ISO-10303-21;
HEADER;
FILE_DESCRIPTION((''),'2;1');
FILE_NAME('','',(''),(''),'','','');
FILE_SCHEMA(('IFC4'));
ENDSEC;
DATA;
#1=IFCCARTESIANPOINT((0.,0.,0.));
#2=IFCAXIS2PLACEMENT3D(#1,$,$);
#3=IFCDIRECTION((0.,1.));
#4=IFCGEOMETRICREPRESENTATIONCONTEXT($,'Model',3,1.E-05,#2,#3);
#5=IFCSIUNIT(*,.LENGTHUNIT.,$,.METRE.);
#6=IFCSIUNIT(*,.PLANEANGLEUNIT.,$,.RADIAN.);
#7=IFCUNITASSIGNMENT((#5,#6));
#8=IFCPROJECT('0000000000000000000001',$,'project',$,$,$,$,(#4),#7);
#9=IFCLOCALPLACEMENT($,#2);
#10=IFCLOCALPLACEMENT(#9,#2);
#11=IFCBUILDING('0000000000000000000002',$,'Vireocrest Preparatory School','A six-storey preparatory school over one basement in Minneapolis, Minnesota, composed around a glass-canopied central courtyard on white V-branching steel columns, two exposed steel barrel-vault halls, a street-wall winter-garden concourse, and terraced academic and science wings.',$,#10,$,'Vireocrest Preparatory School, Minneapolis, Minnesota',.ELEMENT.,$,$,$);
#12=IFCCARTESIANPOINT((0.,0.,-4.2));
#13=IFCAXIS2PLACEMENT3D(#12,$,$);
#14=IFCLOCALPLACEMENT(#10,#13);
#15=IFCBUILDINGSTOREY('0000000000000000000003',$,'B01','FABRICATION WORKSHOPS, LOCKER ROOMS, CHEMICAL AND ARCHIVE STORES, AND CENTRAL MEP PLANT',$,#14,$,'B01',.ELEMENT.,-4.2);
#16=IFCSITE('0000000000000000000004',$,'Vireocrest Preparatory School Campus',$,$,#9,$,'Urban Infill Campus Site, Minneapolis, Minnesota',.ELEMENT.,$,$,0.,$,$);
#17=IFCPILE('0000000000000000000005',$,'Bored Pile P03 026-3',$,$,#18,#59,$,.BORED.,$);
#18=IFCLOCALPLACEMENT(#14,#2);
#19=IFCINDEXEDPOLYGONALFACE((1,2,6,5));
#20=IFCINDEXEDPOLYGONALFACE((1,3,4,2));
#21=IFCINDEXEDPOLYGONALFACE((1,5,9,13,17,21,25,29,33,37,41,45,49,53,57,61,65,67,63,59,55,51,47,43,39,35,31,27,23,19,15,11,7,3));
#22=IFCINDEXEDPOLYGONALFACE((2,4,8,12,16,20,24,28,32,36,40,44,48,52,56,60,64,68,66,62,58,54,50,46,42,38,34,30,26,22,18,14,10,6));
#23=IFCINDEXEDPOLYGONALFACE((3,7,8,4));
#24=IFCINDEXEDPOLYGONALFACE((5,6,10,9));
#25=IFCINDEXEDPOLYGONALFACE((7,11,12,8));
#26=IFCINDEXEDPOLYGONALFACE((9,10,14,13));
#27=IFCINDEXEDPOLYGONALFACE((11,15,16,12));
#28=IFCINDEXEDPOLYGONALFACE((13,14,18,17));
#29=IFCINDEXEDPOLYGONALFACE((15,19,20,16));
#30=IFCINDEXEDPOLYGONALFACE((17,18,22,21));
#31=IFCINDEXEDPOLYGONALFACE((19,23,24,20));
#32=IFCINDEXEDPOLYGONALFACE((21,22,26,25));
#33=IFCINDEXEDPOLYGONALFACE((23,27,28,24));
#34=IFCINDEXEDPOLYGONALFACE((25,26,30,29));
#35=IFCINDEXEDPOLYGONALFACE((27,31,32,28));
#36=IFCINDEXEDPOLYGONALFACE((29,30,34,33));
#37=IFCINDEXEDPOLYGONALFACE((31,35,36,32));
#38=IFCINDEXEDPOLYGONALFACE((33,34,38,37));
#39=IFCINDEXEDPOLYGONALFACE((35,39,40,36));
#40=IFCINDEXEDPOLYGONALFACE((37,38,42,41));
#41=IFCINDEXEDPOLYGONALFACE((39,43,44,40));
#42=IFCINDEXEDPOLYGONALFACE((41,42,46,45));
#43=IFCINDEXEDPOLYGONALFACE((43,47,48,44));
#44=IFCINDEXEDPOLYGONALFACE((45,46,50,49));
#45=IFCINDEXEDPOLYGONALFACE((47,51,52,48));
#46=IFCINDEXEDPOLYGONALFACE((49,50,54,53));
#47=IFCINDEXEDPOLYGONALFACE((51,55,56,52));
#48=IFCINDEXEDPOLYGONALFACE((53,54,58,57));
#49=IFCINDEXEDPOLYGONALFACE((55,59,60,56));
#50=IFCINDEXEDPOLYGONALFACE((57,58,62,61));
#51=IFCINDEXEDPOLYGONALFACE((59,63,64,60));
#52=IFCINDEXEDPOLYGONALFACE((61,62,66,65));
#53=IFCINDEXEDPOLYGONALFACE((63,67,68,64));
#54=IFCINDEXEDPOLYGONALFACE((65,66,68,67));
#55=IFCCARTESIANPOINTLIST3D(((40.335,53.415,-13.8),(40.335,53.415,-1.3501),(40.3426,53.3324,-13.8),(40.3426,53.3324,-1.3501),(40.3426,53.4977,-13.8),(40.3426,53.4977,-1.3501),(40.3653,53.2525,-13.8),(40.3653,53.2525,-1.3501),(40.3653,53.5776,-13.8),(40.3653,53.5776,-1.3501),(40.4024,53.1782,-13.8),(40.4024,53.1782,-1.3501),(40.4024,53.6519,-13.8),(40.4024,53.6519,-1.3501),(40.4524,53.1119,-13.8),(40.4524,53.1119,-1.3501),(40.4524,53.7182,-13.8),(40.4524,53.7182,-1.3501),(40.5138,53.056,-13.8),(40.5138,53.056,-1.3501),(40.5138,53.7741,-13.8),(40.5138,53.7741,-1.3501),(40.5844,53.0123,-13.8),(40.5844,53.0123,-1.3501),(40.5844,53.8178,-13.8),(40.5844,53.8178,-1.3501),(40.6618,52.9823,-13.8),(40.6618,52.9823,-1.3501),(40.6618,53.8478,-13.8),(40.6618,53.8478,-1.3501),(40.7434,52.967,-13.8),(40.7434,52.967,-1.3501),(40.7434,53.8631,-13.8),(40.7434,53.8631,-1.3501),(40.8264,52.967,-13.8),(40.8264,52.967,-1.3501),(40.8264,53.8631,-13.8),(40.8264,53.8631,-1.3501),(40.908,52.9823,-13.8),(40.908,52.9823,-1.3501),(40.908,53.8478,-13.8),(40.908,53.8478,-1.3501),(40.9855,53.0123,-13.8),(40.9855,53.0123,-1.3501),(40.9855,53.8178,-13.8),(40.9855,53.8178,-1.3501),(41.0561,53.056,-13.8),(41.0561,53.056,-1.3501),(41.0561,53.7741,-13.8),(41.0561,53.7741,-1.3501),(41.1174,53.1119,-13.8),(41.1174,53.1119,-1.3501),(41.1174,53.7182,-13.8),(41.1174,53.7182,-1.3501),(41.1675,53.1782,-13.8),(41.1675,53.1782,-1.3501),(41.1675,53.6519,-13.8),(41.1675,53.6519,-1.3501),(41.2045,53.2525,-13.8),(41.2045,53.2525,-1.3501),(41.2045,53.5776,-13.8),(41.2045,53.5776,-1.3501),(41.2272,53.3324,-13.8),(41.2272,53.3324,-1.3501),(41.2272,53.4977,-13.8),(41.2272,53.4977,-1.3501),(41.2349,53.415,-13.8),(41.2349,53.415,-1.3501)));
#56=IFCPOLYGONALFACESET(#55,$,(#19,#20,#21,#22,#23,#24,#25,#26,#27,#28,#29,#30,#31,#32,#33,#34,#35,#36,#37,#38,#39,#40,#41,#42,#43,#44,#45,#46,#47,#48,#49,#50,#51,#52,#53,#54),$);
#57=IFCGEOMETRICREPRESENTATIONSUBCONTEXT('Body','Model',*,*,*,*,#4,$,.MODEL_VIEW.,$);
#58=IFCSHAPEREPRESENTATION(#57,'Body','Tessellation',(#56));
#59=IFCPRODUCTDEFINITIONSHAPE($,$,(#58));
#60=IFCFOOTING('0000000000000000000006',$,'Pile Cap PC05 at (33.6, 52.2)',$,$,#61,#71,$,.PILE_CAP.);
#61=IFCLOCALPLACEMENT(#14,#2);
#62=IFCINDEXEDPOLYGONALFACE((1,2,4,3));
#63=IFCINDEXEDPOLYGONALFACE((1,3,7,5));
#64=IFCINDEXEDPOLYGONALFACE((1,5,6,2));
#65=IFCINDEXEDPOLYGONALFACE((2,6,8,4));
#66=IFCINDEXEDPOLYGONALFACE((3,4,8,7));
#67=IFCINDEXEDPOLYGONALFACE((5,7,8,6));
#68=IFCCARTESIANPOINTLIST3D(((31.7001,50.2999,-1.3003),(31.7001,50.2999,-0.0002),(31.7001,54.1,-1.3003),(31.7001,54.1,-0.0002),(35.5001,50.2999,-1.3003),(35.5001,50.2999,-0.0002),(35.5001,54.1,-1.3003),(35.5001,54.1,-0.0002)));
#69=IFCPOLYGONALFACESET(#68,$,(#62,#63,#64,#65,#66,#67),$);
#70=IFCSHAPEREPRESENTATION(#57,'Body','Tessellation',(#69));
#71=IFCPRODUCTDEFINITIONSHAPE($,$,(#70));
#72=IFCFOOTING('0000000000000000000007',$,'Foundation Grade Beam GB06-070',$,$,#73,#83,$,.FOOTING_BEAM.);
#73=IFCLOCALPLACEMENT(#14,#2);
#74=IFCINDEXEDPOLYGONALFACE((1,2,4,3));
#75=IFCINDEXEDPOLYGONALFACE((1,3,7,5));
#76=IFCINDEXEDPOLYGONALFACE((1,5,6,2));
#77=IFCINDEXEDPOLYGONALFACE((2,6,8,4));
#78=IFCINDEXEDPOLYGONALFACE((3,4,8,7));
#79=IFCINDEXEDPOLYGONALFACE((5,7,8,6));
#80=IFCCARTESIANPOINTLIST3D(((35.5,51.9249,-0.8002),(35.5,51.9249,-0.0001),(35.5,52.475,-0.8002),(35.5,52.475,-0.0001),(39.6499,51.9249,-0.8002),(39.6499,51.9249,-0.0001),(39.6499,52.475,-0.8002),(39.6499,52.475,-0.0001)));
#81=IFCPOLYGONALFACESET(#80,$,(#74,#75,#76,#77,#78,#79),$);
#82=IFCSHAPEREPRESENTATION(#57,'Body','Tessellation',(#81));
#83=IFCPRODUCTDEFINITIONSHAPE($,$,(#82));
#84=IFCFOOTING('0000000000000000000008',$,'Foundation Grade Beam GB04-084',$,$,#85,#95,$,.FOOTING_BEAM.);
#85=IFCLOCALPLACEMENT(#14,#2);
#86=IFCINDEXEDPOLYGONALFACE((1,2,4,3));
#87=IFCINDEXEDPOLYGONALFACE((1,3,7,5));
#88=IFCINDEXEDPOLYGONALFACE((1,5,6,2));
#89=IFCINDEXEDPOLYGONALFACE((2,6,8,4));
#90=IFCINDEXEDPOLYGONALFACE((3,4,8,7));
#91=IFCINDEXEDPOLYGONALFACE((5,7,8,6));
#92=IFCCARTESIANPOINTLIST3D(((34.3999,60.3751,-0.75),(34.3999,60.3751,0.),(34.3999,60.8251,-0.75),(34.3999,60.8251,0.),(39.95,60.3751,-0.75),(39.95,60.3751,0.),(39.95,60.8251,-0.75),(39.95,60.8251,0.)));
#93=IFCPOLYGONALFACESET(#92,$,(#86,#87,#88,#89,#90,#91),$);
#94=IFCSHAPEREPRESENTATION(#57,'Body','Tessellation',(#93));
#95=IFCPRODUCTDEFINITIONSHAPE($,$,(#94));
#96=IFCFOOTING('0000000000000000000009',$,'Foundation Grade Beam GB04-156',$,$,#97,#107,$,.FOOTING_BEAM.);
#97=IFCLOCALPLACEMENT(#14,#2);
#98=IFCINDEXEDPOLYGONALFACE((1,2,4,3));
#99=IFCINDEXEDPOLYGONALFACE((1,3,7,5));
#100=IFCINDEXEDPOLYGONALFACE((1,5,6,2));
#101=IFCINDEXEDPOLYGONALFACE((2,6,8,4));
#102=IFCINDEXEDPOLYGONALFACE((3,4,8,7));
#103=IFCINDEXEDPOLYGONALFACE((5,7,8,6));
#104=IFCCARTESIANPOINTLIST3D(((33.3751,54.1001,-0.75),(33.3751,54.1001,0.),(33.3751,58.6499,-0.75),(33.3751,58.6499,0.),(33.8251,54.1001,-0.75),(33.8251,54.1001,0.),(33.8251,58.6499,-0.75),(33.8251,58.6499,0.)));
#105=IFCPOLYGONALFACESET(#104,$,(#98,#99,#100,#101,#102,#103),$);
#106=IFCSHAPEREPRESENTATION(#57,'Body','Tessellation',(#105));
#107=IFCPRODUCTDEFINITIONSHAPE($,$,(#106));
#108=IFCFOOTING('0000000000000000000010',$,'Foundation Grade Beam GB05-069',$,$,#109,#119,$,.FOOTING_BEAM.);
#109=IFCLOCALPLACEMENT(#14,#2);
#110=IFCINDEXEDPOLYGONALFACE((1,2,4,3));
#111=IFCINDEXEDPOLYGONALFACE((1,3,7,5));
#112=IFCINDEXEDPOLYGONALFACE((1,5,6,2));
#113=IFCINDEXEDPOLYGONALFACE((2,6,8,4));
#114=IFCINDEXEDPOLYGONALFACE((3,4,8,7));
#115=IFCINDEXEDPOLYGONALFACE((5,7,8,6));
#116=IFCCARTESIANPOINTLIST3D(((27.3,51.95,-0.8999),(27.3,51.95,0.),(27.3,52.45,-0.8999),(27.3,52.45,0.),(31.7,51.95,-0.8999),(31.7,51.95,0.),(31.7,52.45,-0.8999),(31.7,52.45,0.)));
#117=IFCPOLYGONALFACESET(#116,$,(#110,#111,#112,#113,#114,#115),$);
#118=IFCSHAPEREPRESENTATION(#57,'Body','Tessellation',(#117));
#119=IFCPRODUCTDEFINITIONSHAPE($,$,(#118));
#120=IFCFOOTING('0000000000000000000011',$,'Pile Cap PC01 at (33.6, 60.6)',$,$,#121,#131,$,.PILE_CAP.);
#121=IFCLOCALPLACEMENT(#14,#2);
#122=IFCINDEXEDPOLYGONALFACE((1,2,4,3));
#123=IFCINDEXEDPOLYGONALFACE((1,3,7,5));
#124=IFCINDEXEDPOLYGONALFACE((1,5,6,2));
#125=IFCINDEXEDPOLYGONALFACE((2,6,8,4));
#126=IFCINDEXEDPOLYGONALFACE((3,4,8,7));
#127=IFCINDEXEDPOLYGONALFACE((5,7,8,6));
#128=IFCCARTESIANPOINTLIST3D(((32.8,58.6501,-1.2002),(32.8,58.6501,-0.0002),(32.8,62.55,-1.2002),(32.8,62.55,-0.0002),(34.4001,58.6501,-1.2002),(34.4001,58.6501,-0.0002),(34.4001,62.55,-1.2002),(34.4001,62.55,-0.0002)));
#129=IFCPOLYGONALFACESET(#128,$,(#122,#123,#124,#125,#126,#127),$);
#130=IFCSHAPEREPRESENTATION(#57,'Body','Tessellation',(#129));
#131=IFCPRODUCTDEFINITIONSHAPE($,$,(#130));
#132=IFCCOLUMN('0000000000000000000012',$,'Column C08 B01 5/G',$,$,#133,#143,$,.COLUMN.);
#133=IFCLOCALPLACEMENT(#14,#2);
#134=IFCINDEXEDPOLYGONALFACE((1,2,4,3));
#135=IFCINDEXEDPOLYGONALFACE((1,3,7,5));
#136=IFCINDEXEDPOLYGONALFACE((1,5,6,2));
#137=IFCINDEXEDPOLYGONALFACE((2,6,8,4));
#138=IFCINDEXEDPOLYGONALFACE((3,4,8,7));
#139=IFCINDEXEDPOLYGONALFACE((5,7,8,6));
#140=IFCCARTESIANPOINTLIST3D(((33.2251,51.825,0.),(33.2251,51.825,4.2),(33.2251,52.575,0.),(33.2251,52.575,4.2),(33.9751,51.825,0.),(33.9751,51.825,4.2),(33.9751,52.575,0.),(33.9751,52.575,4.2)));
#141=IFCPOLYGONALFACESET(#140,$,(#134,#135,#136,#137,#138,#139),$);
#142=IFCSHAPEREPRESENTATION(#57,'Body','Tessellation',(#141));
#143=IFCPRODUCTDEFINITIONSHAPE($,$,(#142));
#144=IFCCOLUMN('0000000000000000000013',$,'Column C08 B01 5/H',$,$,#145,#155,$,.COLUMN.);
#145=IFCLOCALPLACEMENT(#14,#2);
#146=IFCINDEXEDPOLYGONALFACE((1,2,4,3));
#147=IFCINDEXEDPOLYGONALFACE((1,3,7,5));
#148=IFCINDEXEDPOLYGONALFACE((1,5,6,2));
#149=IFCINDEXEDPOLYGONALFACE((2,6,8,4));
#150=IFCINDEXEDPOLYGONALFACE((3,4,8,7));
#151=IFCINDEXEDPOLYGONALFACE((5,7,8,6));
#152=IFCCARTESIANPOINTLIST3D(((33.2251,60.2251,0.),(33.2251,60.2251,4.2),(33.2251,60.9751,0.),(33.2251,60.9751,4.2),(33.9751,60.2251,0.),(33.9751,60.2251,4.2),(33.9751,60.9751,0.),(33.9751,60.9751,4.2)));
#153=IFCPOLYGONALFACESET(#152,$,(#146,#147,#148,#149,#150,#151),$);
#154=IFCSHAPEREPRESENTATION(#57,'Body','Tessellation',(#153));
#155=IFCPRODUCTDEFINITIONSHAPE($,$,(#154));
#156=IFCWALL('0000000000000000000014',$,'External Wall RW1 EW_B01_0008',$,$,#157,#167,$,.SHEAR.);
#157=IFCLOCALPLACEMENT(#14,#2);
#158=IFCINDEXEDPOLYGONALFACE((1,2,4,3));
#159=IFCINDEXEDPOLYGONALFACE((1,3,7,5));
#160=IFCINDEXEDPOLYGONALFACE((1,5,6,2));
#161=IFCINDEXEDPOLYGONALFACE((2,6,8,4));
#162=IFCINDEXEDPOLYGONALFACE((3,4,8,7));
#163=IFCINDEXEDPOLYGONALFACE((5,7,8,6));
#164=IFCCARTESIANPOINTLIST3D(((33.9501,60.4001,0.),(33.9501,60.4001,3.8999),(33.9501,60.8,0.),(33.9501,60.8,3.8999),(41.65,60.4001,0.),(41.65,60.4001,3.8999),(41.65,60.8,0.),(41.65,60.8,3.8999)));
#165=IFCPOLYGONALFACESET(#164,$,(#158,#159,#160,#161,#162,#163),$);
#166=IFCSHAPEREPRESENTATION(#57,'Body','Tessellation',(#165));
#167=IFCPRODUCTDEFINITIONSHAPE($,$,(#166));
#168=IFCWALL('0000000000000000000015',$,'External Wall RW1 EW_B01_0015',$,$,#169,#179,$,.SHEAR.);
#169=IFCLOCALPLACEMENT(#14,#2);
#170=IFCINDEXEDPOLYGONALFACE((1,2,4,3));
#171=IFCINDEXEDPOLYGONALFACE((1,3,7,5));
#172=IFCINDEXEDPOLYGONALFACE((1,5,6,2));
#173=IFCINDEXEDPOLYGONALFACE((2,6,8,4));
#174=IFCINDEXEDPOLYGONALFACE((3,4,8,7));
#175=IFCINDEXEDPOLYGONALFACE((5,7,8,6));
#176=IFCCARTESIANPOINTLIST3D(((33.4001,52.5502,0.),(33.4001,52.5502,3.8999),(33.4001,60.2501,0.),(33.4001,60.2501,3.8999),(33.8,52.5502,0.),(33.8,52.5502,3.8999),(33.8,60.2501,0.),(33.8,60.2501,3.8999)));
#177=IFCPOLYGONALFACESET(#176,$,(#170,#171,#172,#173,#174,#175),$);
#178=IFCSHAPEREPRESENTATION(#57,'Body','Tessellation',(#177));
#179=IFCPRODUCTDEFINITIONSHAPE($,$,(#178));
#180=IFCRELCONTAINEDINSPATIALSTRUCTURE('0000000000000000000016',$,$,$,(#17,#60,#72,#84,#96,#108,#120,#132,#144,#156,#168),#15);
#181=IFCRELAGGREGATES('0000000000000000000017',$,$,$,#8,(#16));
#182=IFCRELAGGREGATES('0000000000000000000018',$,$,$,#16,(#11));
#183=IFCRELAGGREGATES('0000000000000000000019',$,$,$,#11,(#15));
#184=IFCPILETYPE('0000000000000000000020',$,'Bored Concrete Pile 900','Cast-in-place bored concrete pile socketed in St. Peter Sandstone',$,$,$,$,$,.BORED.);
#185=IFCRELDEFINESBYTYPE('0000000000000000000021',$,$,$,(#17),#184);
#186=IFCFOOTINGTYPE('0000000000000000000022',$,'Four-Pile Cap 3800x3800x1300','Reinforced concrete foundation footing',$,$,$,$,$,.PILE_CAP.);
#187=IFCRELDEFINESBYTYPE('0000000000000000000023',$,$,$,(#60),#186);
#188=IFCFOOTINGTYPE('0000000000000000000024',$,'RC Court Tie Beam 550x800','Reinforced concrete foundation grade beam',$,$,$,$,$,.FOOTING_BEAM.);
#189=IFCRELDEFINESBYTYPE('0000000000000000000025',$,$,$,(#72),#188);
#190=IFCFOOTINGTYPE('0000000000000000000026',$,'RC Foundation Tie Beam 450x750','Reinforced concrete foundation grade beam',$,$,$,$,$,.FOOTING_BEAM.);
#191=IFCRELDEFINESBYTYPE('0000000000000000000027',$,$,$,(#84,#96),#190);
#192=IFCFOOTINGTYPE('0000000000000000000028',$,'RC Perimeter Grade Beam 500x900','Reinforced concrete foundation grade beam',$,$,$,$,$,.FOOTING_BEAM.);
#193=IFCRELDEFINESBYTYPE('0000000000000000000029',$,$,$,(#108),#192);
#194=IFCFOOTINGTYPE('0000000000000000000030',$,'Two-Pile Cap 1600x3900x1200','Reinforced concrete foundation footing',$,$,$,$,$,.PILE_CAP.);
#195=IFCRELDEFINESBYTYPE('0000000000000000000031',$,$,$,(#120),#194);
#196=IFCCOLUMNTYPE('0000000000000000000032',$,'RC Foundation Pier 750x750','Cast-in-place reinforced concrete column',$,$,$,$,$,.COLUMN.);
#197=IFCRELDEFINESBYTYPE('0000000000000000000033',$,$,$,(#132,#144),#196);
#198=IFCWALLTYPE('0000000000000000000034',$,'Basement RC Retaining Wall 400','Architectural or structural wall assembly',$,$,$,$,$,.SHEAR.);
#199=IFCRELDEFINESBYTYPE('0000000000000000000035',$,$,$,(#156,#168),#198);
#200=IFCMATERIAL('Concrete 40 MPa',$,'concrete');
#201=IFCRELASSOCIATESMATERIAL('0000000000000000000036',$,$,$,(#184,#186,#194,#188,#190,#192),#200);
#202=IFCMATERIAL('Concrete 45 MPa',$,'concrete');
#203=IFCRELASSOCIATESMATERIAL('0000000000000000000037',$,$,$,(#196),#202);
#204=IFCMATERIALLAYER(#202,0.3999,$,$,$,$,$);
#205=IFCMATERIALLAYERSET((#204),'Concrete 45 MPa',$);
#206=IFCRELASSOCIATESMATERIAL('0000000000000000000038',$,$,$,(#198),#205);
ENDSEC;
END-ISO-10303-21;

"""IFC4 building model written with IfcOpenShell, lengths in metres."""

from ifc_helpers import new_model, si_unit, direction, frame, frame_2d, origin, origin_2d, place, context, subcontext, project, spatial, rectangle, circle, extrude, material, layer, layer_set, material_profile, profile_set, type_object, element, save


model = new_model("IFC4")

# Units and contexts
model_context = context("Model", 3, precision=1e-05, world=origin(), true_north=direction((0.0, 1.0)))
body_context = subcontext(model_context, "Body", "Model", "MODEL_VIEW")
ifc_project = project(units=[si_unit("LENGTHUNIT", "METRE"), si_unit("PLANEANGLEUNIT", "RADIAN")], contexts=[model_context])

# Site, building, storey
site_placement = place(None, origin())
site = spatial("IfcSite", under=ifc_project, at=site_placement, Name="Vireocrest Preparatory School Campus", LongName="Urban Infill Campus Site, Minneapolis, Minnesota", CompositionType="ELEMENT", RefElevation=0.0)
building_placement = place(site_placement, origin())
building = spatial("IfcBuilding", under=site, at=building_placement, Name="Vireocrest Preparatory School", Description="A six-storey preparatory school over one basement in Minneapolis, Minnesota, composed around a glass-canopied central courtyard on white V-branching steel columns, two exposed steel barrel-vault halls, a street-wall winter-garden concourse, and terraced academic and science wings.", LongName="Vireocrest Preparatory School, Minneapolis, Minnesota", CompositionType="ELEMENT")
storey_placement = place(building_placement, frame((0.0, 0.0, -4.2)))
storey = spatial("IfcBuildingStorey", under=building, at=storey_placement, Name="B01", Description="FABRICATION WORKSHOPS, LOCKER ROOMS, CHEMICAL AND ARCHIVE STORES, AND CENTRAL MEP PLANT", LongName="B01", CompositionType="ELEMENT", Elevation=-4.2)

# Pile
ifc_material_1 = material(Name="Concrete 40 MPa", Category="concrete")
ifc_material_profile_1 = material_profile(ifc_material_1, circle(Radius=0.45, at=origin_2d()), Name="BORED PILE 900")
ifc_profile_set_1 = profile_set([ifc_material_profile_1], Name="Concrete 40 MPa")
pile_type_1 = type_object("IfcPileType", Name="Bored Concrete Pile 900", Description="Cast-in-place bored concrete pile socketed in St. Peter Sandstone", PredefinedType="BORED", material=ifc_profile_set_1)
for number, where, z_axis, x_axis, name in (
    (1, (40.7849, 53.415, -1.3501), (0.0, 0.0, -1.0), (1.0, 0.0, 0.0), "Bored Pile P03 026-3"),
):
    element("IfcPile", number, at=place(storey_placement, frame(where, z_axis=z_axis, x_axis=x_axis)), inside=storey, type_object=pile_type_1, Name=name, PredefinedType="BORED", context=body_context, shape_type="SweptSolid", body=[
        extrude(circle(Radius=0.45, at=origin_2d()), origin(), (0.0, 0.0, 1.0), 12.45),
    ])

# Footings
footing_type_1 = type_object("IfcFootingType", Name="Four-Pile Cap 3800x3800x1300", Description="Reinforced concrete foundation footing", PredefinedType="PILE_CAP", material=ifc_material_1)
footing_1_placement = place(storey_placement, frame((33.6001, 52.2, -1.3003), z_axis=(0.0, 0.0, 1.0), x_axis=(1.0, 0.0, 0.0)))
element("IfcFooting", 2, at=footing_1_placement, inside=storey, type_object=footing_type_1, Name="Pile Cap PC05 at (33.6, 52.2)", PredefinedType="PILE_CAP", context=body_context, shape_type="SweptSolid", body=[
    extrude(rectangle(XDim=3.8, YDim=3.8, at=origin_2d()), origin(), (0.0, 0.0, 1.0), 1.3),
])
ifc_material_profile_2 = material_profile(ifc_material_1, rectangle(XDim=0.55, YDim=0.8, at=origin_2d()), Name="GB 550x800")
ifc_profile_set_2 = profile_set([ifc_material_profile_2], Name="Concrete 40 MPa")
footing_type_2 = type_object("IfcFootingType", Name="RC Court Tie Beam 550x800", Description="Reinforced concrete foundation grade beam", PredefinedType="FOOTING_BEAM", material=ifc_profile_set_2)
footing_2_placement = place(storey_placement, frame((35.5, 52.2, -0.4001), z_axis=(1.0, 0.0, 0.0), x_axis=(0.0, 1.0, 0.0)))
element("IfcFooting", 3, at=footing_2_placement, inside=storey, type_object=footing_type_2, Name="Foundation Grade Beam GB06-070", PredefinedType="FOOTING_BEAM", context=body_context, shape_type="SweptSolid", body=[
    extrude(rectangle(XDim=0.55, YDim=0.8, at=origin_2d()), origin(), (0.0, 0.0, 1.0), 4.1499),
])
ifc_material_profile_3 = material_profile(ifc_material_1, rectangle(XDim=0.45, YDim=0.75, at=origin_2d()), Name="GB 450x750")
ifc_profile_set_3 = profile_set([ifc_material_profile_3], Name="Concrete 40 MPa")
footing_type_3 = type_object("IfcFootingType", Name="RC Foundation Tie Beam 450x750", Description="Reinforced concrete foundation grade beam", PredefinedType="FOOTING_BEAM", material=ifc_profile_set_3)
footing_3_placement = place(storey_placement, frame((34.3999, 60.6001, -0.375), z_axis=(1.0, 0.0, 0.0), x_axis=(0.0, 1.0, 0.0)))
element("IfcFooting", 4, at=footing_3_placement, inside=storey, type_object=footing_type_3, Name="Foundation Grade Beam GB04-084", PredefinedType="FOOTING_BEAM", context=body_context, shape_type="SweptSolid", body=[
    extrude(rectangle(XDim=0.45, YDim=0.75, at=origin_2d()), origin(), (0.0, 0.0, 1.0), 5.55),
])
footing_4_placement = place(storey_placement, frame((33.6001, 54.1001, -0.375), z_axis=(0.0, 1.0, 0.0), x_axis=(-1.0, 0.0, 0.0)))
element("IfcFooting", 5, at=footing_4_placement, inside=storey, type_object=footing_type_3, Name="Foundation Grade Beam GB04-156", PredefinedType="FOOTING_BEAM", context=body_context, shape_type="SweptSolid", body=[
    extrude(rectangle(XDim=0.45, YDim=0.75, at=origin_2d()), origin(), (0.0, 0.0, 1.0), 4.5498),
])
ifc_material_profile_4 = material_profile(ifc_material_1, rectangle(XDim=0.5, YDim=0.8999, at=origin_2d()), Name="GB 500x900")
ifc_profile_set_4 = profile_set([ifc_material_profile_4], Name="Concrete 40 MPa")
footing_type_4 = type_object("IfcFootingType", Name="RC Perimeter Grade Beam 500x900", Description="Reinforced concrete foundation grade beam", PredefinedType="FOOTING_BEAM", material=ifc_profile_set_4)
footing_5_placement = place(storey_placement, frame((27.3, 52.2, -0.45), z_axis=(1.0, 0.0, 0.0), x_axis=(0.0, 1.0, 0.0)))
element("IfcFooting", 6, at=footing_5_placement, inside=storey, type_object=footing_type_4, Name="Foundation Grade Beam GB05-069", PredefinedType="FOOTING_BEAM", context=body_context, shape_type="SweptSolid", body=[
    extrude(rectangle(XDim=0.5, YDim=0.8999, at=origin_2d()), origin(), (0.0, 0.0, 1.0), 4.3999),
])
footing_type_5 = type_object("IfcFootingType", Name="Two-Pile Cap 1600x3900x1200", Description="Reinforced concrete foundation footing", PredefinedType="PILE_CAP", material=ifc_material_1)
footing_6_placement = place(storey_placement, frame((33.6001, 60.6001, -1.2002), z_axis=(0.0, 0.0, 1.0), x_axis=(1.0, 0.0, 0.0)))
element("IfcFooting", 7, at=footing_6_placement, inside=storey, type_object=footing_type_5, Name="Pile Cap PC01 at (33.6, 60.6)", PredefinedType="PILE_CAP", context=body_context, shape_type="SweptSolid", body=[
    extrude(rectangle(XDim=1.6001, YDim=3.8999, at=origin_2d()), origin(), (0.0, 0.0, 1.0), 1.2),
])

# Columns
ifc_material_2 = material(Name="Concrete 45 MPa", Category="concrete")
ifc_material_profile_5 = material_profile(ifc_material_2, rectangle(XDim=0.75, YDim=0.75, at=origin_2d()), Name="RC 750x750")
ifc_profile_set_5 = profile_set([ifc_material_profile_5], Name="Concrete 45 MPa")
column_type = type_object("IfcColumnType", Name="RC Foundation Pier 750x750", Description="Cast-in-place reinforced concrete column", PredefinedType="COLUMN", material=ifc_profile_set_5)
for number, where, z_axis, x_axis, name in (
    (8, (33.6001, 52.2, 0.0), (0.0, 0.0, 1.0), (1.0, 0.0, 0.0), "Column C08 B01 5/G"),
    (9, (33.6001, 60.6001, 0.0), (0.0, 0.0, 1.0), (1.0, 0.0, 0.0), "Column C08 B01 5/H"),
):
    element("IfcColumn", number, at=place(storey_placement, frame(where, z_axis=z_axis, x_axis=x_axis)), inside=storey, type_object=column_type, Name=name, PredefinedType="COLUMN", context=body_context, shape_type="SweptSolid", body=[
        extrude(rectangle(XDim=0.75, YDim=0.75, at=origin_2d()), origin(), (0.0, 0.0, 1.0), 4.2),
    ])

# Walls
ifc_layer_1 = layer(ifc_material_2, 0.3999)
ifc_layer_set_1 = layer_set([ifc_layer_1], Name="Concrete 45 MPa")
wall_type_1 = type_object("IfcWallType", Name="Basement RC Retaining Wall 400", Description="Architectural or structural wall assembly", PredefinedType="SHEAR", material=ifc_layer_set_1)
for number, where, z_axis, x_axis, name in (
    (10, (33.95, 60.6001, 0.0), (0.0, 0.0, 1.0), (1.0, 0.0, 0.0), "External Wall RW1 EW_B01_0008"),
    (11, (33.6001, 52.55, 0.0), (0.0, 0.0, 1.0), (0.0, 1.0, 0.0), "External Wall RW1 EW_B01_0015"),
):
    element("IfcWall", number, at=place(storey_placement, frame(where, z_axis=z_axis, x_axis=x_axis)), inside=storey, type_object=wall_type_1, Name=name, PredefinedType="SHEAR", context=body_context, shape_type="SweptSolid", body=[
        extrude(rectangle(XDim=7.7, YDim=0.3999, at=frame_2d((3.8501, 0.0))), origin(), (0.0, 0.0, 1.0), 3.8999),
    ])

save(model, "model.ifc")
